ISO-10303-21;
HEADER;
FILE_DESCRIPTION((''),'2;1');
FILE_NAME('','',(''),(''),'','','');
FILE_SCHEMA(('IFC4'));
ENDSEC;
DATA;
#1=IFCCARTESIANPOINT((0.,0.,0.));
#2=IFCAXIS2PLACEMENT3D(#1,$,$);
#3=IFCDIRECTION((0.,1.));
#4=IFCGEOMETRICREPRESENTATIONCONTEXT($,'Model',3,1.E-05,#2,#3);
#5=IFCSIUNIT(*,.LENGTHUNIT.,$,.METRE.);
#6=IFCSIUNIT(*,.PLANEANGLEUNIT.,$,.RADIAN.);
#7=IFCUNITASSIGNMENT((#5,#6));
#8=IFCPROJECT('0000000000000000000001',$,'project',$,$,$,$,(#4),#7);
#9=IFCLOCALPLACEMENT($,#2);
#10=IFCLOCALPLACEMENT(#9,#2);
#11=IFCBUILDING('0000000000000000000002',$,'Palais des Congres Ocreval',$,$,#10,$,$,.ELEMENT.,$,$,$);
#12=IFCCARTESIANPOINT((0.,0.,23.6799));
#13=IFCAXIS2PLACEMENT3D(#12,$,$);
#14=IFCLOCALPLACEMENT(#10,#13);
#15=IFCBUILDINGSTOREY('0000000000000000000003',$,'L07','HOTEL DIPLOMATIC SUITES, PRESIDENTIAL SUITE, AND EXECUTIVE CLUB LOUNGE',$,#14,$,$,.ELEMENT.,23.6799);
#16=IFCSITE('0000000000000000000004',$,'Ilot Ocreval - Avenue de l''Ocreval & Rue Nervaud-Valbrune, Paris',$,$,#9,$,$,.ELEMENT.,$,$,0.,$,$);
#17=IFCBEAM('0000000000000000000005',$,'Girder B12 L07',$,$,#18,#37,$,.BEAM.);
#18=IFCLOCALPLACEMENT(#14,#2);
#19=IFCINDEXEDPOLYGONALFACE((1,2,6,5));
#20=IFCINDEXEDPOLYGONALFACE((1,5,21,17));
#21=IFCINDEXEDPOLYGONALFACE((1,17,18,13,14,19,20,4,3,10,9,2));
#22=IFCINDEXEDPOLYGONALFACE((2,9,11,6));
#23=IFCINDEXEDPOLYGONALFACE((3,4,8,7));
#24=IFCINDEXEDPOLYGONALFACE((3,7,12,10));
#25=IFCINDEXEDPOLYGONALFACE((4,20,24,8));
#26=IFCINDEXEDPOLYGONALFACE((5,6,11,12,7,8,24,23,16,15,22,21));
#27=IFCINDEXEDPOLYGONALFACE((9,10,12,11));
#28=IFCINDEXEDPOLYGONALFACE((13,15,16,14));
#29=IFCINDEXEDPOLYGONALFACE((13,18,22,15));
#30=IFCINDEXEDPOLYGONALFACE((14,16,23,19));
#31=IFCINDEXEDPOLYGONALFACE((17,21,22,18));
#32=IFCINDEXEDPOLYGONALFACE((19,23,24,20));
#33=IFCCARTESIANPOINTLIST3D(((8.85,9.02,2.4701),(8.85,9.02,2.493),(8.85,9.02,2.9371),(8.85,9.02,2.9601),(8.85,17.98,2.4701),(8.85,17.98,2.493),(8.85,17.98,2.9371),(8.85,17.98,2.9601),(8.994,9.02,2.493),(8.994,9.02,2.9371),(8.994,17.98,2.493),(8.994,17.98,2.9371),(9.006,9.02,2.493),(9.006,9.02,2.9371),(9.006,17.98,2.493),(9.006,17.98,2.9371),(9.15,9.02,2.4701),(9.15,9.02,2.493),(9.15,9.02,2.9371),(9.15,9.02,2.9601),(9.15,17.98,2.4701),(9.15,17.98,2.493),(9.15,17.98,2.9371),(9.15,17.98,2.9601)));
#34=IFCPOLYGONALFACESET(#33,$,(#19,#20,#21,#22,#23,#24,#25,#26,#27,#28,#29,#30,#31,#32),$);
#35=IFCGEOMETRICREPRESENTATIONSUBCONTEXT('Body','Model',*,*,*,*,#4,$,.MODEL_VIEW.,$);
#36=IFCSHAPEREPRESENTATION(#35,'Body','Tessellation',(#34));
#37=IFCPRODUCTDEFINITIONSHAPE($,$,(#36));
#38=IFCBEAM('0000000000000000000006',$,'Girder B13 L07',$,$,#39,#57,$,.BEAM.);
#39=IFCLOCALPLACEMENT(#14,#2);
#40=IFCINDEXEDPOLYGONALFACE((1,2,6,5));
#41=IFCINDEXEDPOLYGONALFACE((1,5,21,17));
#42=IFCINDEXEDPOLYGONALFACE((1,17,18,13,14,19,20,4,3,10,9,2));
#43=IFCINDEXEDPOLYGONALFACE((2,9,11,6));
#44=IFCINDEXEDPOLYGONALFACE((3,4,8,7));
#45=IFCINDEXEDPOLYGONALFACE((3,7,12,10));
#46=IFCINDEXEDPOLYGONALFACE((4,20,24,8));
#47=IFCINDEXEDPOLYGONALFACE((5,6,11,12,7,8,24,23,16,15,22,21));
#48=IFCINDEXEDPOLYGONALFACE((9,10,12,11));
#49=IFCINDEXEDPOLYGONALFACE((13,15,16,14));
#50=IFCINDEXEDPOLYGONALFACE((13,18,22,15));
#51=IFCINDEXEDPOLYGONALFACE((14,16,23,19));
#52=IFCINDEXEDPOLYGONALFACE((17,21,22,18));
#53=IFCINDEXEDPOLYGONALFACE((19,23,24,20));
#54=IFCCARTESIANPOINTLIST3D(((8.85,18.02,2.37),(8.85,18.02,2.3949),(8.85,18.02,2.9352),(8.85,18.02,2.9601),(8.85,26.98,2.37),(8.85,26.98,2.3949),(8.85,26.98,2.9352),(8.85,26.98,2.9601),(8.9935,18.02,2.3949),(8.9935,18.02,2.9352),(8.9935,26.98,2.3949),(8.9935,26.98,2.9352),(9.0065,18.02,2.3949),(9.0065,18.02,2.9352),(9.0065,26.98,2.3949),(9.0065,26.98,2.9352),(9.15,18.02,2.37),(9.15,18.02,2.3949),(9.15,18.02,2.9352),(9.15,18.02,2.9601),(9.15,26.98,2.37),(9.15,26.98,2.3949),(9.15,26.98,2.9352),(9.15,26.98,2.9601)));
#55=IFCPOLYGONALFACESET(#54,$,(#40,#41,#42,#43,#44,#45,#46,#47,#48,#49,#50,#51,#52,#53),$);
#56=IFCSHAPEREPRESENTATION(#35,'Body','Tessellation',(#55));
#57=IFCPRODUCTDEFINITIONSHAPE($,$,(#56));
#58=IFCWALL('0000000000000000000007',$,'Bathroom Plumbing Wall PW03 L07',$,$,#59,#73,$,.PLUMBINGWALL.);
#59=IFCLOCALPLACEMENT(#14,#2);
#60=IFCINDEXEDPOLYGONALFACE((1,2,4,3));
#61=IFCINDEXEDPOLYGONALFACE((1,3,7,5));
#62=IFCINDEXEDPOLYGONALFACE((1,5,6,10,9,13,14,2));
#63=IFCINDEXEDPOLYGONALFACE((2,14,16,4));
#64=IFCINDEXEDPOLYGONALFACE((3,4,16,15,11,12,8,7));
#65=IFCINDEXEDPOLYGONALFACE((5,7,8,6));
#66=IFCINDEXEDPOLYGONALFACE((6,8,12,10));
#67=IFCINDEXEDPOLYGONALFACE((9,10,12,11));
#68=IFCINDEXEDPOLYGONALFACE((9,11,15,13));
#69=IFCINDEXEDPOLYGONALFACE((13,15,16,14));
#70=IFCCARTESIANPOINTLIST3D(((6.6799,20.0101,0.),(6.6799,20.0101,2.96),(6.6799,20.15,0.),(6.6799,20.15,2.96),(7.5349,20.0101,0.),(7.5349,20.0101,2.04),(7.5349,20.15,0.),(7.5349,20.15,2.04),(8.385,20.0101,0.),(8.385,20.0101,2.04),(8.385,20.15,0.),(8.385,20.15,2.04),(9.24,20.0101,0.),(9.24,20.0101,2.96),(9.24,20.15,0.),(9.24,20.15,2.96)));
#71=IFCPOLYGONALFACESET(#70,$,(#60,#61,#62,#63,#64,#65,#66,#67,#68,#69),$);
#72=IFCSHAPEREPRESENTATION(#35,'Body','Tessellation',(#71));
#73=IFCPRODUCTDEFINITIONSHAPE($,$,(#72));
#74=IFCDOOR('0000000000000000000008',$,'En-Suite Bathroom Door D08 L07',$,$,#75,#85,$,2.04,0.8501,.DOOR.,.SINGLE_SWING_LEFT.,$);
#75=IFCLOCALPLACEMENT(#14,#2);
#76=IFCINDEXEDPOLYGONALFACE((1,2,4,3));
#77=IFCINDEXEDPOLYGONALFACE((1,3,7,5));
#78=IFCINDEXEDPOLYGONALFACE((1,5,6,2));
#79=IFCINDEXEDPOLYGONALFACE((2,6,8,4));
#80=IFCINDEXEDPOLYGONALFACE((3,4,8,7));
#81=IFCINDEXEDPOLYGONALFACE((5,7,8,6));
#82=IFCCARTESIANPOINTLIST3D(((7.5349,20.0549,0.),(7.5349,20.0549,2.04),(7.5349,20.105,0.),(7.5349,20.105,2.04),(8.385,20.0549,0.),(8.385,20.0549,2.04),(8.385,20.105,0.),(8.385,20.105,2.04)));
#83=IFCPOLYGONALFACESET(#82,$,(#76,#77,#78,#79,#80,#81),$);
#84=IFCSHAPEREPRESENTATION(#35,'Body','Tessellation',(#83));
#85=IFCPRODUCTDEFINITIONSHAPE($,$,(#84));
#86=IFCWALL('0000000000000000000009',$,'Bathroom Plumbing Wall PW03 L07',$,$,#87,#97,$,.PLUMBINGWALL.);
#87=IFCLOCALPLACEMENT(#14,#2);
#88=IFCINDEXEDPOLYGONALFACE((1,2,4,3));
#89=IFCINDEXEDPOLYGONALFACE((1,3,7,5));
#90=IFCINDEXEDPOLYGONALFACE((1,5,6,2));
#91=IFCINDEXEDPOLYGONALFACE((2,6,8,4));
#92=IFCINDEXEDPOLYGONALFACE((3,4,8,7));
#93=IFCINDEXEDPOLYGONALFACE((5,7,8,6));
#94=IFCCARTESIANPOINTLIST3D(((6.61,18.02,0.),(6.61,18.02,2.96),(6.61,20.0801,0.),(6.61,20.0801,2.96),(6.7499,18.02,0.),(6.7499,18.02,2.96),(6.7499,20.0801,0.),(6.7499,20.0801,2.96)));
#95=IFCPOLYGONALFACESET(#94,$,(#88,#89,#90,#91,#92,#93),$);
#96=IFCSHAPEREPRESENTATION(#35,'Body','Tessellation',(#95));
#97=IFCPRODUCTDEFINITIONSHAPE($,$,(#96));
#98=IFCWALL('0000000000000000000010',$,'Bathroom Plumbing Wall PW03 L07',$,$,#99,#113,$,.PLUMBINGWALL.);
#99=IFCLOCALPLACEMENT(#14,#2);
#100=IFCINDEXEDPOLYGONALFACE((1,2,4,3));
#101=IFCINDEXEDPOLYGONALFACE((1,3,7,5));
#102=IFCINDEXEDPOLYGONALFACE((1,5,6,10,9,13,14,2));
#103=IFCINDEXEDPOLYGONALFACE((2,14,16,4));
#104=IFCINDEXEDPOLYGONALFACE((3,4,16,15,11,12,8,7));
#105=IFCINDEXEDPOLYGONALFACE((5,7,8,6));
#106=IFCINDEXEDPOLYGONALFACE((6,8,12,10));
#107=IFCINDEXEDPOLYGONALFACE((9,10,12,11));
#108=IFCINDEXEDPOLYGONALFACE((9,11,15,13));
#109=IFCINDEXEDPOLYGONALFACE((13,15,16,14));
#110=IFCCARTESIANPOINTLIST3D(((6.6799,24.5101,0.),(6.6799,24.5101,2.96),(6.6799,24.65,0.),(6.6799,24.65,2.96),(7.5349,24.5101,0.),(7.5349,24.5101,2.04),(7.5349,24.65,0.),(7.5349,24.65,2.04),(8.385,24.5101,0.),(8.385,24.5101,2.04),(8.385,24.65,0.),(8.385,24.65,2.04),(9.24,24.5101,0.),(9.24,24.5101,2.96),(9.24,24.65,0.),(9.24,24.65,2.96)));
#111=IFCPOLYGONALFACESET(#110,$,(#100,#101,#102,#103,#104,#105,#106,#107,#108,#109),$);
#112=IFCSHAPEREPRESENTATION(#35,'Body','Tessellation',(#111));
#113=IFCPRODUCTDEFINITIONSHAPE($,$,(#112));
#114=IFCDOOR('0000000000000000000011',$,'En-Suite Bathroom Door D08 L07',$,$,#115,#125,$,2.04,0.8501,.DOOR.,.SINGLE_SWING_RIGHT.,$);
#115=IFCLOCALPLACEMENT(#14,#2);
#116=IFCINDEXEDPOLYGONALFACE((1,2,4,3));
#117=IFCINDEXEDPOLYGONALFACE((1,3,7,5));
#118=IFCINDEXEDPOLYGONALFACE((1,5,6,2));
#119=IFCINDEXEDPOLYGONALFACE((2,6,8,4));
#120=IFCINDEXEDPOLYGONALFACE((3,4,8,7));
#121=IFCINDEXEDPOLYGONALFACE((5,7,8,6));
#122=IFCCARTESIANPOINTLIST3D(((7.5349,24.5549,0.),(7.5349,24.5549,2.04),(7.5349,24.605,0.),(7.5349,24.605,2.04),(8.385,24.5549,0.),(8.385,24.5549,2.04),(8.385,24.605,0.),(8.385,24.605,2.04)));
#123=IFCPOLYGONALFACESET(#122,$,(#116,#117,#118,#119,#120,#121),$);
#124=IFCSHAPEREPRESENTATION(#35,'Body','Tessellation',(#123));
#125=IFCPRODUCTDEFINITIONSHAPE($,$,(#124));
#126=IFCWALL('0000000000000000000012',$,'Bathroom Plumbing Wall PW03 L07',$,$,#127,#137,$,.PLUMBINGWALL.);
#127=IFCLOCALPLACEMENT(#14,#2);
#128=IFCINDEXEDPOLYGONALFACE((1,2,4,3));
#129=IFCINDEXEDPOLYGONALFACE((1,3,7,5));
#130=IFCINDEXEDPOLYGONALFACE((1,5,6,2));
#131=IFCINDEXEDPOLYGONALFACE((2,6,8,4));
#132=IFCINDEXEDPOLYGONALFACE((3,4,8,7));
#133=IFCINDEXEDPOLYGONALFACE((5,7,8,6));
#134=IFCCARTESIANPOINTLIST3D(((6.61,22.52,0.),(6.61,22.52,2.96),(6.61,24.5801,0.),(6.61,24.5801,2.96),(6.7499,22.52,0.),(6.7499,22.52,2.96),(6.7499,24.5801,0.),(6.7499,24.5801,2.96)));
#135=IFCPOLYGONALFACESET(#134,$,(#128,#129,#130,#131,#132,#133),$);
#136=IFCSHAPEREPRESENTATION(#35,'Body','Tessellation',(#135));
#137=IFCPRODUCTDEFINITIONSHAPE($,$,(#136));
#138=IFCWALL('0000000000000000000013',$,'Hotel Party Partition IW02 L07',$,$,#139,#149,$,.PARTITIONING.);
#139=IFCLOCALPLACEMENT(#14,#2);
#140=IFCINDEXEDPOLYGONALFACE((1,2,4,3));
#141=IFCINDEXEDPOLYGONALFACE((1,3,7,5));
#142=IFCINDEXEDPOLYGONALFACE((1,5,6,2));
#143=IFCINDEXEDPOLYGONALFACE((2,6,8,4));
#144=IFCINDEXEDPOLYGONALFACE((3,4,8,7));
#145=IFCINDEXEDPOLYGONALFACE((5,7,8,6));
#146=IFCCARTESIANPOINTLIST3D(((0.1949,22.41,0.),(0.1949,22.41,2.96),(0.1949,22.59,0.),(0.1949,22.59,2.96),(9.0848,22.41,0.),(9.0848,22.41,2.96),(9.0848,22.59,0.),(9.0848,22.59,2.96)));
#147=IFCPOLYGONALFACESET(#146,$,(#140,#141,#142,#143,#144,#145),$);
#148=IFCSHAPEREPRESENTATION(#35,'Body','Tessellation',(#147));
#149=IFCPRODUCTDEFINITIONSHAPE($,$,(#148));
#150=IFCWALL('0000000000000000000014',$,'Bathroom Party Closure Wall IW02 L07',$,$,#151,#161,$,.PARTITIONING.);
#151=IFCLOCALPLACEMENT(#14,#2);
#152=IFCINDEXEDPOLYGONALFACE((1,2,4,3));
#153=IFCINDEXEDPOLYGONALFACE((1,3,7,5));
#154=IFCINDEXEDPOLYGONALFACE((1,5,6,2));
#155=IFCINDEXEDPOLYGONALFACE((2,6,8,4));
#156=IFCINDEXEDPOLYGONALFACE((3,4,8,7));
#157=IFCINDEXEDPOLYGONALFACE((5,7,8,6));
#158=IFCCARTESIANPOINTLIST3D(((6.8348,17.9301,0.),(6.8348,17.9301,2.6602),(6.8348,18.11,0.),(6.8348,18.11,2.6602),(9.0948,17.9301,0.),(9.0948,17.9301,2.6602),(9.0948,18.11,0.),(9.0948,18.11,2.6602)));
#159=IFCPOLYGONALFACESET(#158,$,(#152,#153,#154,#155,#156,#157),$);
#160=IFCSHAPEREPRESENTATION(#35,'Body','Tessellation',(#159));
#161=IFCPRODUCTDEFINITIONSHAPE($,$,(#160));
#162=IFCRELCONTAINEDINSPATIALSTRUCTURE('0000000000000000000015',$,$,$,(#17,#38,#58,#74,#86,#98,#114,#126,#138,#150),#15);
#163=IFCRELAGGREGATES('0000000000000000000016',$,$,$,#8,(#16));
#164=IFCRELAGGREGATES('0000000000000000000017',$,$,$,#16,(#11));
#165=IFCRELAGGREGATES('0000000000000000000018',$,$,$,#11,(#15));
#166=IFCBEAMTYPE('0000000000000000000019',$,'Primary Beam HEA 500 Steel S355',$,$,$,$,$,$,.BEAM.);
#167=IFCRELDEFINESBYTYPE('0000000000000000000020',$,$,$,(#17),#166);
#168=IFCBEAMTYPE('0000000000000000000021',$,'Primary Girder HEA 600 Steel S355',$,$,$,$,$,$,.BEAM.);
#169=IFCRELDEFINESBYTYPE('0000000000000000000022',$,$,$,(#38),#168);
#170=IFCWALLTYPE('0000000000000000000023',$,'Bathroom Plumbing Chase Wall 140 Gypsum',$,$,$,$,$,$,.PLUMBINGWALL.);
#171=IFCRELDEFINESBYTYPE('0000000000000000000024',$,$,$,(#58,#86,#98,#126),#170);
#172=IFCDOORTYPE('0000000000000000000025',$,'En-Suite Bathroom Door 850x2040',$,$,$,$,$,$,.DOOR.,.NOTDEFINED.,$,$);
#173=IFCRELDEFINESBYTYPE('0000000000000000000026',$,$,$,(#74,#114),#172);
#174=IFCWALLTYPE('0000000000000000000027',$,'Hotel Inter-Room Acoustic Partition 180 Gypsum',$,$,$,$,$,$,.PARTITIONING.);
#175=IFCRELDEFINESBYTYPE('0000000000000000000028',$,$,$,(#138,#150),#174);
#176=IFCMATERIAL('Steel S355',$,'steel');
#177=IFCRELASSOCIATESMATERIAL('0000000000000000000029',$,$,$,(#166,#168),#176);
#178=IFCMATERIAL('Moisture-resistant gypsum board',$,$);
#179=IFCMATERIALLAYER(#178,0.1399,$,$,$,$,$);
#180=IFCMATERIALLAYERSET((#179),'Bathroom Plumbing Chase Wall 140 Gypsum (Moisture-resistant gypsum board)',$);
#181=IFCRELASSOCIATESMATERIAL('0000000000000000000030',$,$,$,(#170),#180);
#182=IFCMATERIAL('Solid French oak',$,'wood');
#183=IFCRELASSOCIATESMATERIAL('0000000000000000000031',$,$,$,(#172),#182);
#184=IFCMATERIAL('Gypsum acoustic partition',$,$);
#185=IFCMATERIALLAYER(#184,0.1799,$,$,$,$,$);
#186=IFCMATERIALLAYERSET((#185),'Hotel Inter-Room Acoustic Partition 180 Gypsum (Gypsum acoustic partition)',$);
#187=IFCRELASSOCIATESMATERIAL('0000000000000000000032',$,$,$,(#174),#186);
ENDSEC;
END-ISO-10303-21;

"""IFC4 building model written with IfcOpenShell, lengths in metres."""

from ifc_helpers import new_model, si_unit, direction, frame, frame_2d, origin, origin_2d, place, context, subcontext, project, spatial, rectangle, i_section, extrude, material, layer, layer_set, material_profile, profile_set, type_object, element, fill, save


model = new_model("IFC4")

# Units and contexts
model_context = context("Model", 3, precision=1e-05, world=origin(), true_north=direction((0.0, 1.0)))
body_context = subcontext(model_context, "Body", "Model", "MODEL_VIEW")
ifc_project = project(units=[si_unit("LENGTHUNIT", "METRE"), si_unit("PLANEANGLEUNIT", "RADIAN")], contexts=[model_context])

# Site, building, storey
site_placement = place(None, origin())
site = spatial("IfcSite", under=ifc_project, at=site_placement, Name="Ilot Ocreval - Avenue de l'Ocreval & Rue Nervaud-Valbrune, Paris", CompositionType="ELEMENT", RefElevation=0.0)
building_placement = place(site_placement, origin())
building = spatial("IfcBuilding", under=site, at=building_placement, Name="Palais des Congres Ocreval", CompositionType="ELEMENT")
storey_placement = place(building_placement, frame((0.0, 0.0, 23.6799)))
storey = spatial("IfcBuildingStorey", under=building, at=storey_placement, Name="L07", Description="HOTEL DIPLOMATIC SUITES, PRESIDENTIAL SUITE, AND EXECUTIVE CLUB LOUNGE", CompositionType="ELEMENT", Elevation=23.6799)

# Shared definitions
ifc_material_1 = material(Name="Steel S355", Category="steel")

# Beams
ifc_material_profile_1 = material_profile(ifc_material_1, i_section(OverallWidth=0.3, OverallDepth=0.49, WebThickness=0.012, FlangeThickness=0.0229, at=origin_2d()), Name="HEA 500")
ifc_profile_set_1 = profile_set([ifc_material_profile_1], Name="Steel S355")
beam_type_1 = type_object("IfcBeamType", Name="Primary Beam HEA 500 Steel S355", PredefinedType="BEAM", material=ifc_profile_set_1)
beam_1_placement = place(storey_placement, frame((9.0, 9.02, 2.7151), z_axis=(0.0, 1.0, 0.0), x_axis=(-1.0, 0.0, 0.0)))
element("IfcBeam", 1, at=beam_1_placement, inside=storey, type_object=beam_type_1, Name="Girder B12 L07", PredefinedType="BEAM", context=body_context, shape_type="SweptSolid", body=[
    extrude(i_section(OverallWidth=0.3, OverallDepth=0.49, WebThickness=0.012, FlangeThickness=0.0229, at=origin_2d()), origin(), (0.0, 0.0, 1.0), 8.96),
])
ifc_material_profile_2 = material_profile(ifc_material_1, i_section(OverallWidth=0.3, OverallDepth=0.5901, WebThickness=0.0129, FlangeThickness=0.0249, at=origin_2d()), Name="HEA 600")
ifc_profile_set_2 = profile_set([ifc_material_profile_2], Name="Steel S355")
beam_type_2 = type_object("IfcBeamType", Name="Primary Girder HEA 600 Steel S355", PredefinedType="BEAM", material=ifc_profile_set_2)
beam_2_placement = place(storey_placement, frame((9.0, 18.02, 2.665), z_axis=(0.0, 1.0, 0.0), x_axis=(-1.0, 0.0, 0.0)))
element("IfcBeam", 2, at=beam_2_placement, inside=storey, type_object=beam_type_2, Name="Girder B13 L07", PredefinedType="BEAM", context=body_context, shape_type="SweptSolid", body=[
    extrude(i_section(OverallWidth=0.3, OverallDepth=0.5901, WebThickness=0.0129, FlangeThickness=0.0249, at=origin_2d()), origin(), (0.0, 0.0, 1.0), 8.96),
])

# Wall, opening, door
ifc_material_2 = material(Name="Moisture-resistant gypsum board")
ifc_layer_1 = layer(ifc_material_2, 0.1399)
ifc_layer_set_1 = layer_set([ifc_layer_1], Name="Bathroom Plumbing Chase Wall 140 Gypsum (Moisture-resistant gypsum board)")
wall_type_1 = type_object("IfcWallType", Name="Bathroom Plumbing Chase Wall 140 Gypsum", PredefinedType="PLUMBINGWALL", material=ifc_layer_set_1)
wall_1_placement = place(storey_placement, frame((6.6799, 20.0801, 0.0), z_axis=(0.0, 0.0, 1.0), x_axis=(1.0, 0.0, 0.0)))
wall_1 = element("IfcWall", 3, at=wall_1_placement, inside=storey, type_object=wall_type_1, Name="Bathroom Plumbing Wall PW03 L07", PredefinedType="PLUMBINGWALL", context=body_context, shape_type="SweptSolid", body=[
    extrude(rectangle(XDim=2.5601, YDim=0.1399, at=frame_2d((1.28, 0.0))), origin(), (0.0, 0.0, 1.0), 2.96),
])
opening_1_placement = place(wall_1_placement, frame((0.855, 0.0, 0.0)))
opening_1 = element("IfcOpeningElement", 4, at=opening_1_placement, cuts=wall_1, PredefinedType="OPENING", context=body_context, shape_type="SweptSolid", body=[
    extrude(rectangle(XDim=0.8501, YDim=2.04, at=frame_2d((0.425, 1.02))), frame((0.0, 0.0798, 0.0), z_axis=(0.0, -1.0, 0.0), x_axis=(1.0, 0.0, 0.0)), (0.0, 0.0, 1.0), 0.1599),
])
ifc_material_3 = material(Name="Solid French oak", Category="wood")
door_type = type_object("IfcDoorType", Name="En-Suite Bathroom Door 850x2040", OperationType="NOTDEFINED", PredefinedType="DOOR", material=ifc_material_3)
door_1_placement = place(opening_1_placement, origin())
door_1 = element("IfcDoor", 5, at=door_1_placement, inside=storey, type_object=door_type, Name="En-Suite Bathroom Door D08 L07", OperationType="SINGLE_SWING_LEFT", OverallHeight=2.04, OverallWidth=0.8501, PredefinedType="DOOR", context=body_context, shape_type="SweptSolid", body=[
    extrude(rectangle(XDim=0.8501, YDim=2.04, at=frame_2d((0.425, 1.02))), frame((0.0, 0.0249, 0.0), z_axis=(0.0, -1.0, 0.0), x_axis=(1.0, 0.0, 0.0)), (0.0, 0.0, 1.0), 0.05),
])
fill(opening_1, door_1)

# Wall
wall_2_placement = place(storey_placement, frame((6.6799, 18.02, 0.0), z_axis=(0.0, 0.0, 1.0), x_axis=(0.0, 1.0, 0.0)))
element("IfcWall", 6, at=wall_2_placement, inside=storey, type_object=wall_type_1, Name="Bathroom Plumbing Wall PW03 L07", PredefinedType="PLUMBINGWALL", context=body_context, shape_type="SweptSolid", body=[
    extrude(rectangle(XDim=2.0601, YDim=0.1399, at=frame_2d((1.03, 0.0))), origin(), (0.0, 0.0, 1.0), 2.96),
])

# Wall, opening, door
wall_3_placement = place(storey_placement, frame((6.6799, 24.5801, 0.0), z_axis=(0.0, 0.0, 1.0), x_axis=(1.0, 0.0, 0.0)))
wall_3 = element("IfcWall", 7, at=wall_3_placement, inside=storey, type_object=wall_type_1, Name="Bathroom Plumbing Wall PW03 L07", PredefinedType="PLUMBINGWALL", context=body_context, shape_type="SweptSolid", body=[
    extrude(rectangle(XDim=2.5601, YDim=0.1399, at=frame_2d((1.28, 0.0))), origin(), (0.0, 0.0, 1.0), 2.96),
])
opening_2_placement = place(wall_3_placement, frame((0.855, 0.0, 0.0)))
opening_2 = element("IfcOpeningElement", 8, at=opening_2_placement, cuts=wall_3, PredefinedType="OPENING", context=body_context, shape_type="SweptSolid", body=[
    extrude(rectangle(XDim=0.8501, YDim=2.04, at=frame_2d((0.425, 1.02))), frame((0.0, 0.0798, 0.0), z_axis=(0.0, -1.0, 0.0), x_axis=(1.0, 0.0, 0.0)), (0.0, 0.0, 1.0), 0.1599),
])
door_2_placement = place(opening_2_placement, origin())
door_2 = element("IfcDoor", 9, at=door_2_placement, inside=storey, type_object=door_type, Name="En-Suite Bathroom Door D08 L07", OperationType="SINGLE_SWING_RIGHT", OverallHeight=2.04, OverallWidth=0.8501, PredefinedType="DOOR", context=body_context, shape_type="SweptSolid", body=[
    extrude(rectangle(XDim=0.8501, YDim=2.04, at=frame_2d((0.425, 1.02))), frame((0.0, 0.0249, 0.0), z_axis=(0.0, -1.0, 0.0), x_axis=(1.0, 0.0, 0.0)), (0.0, 0.0, 1.0), 0.05),
])
fill(opening_2, door_2)

# Walls
wall_4_placement = place(storey_placement, frame((6.6799, 22.52, 0.0), z_axis=(0.0, 0.0, 1.0), x_axis=(0.0, 1.0, 0.0)))
element("IfcWall", 10, at=wall_4_placement, inside=storey, type_object=wall_type_1, Name="Bathroom Plumbing Wall PW03 L07", PredefinedType="PLUMBINGWALL", context=body_context, shape_type="SweptSolid", body=[
    extrude(rectangle(XDim=2.0601, YDim=0.1399, at=frame_2d((1.03, 0.0))), origin(), (0.0, 0.0, 1.0), 2.96),
])
ifc_material_4 = material(Name="Gypsum acoustic partition")
ifc_layer_2 = layer(ifc_material_4, 0.1799)
ifc_layer_set_2 = layer_set([ifc_layer_2], Name="Hotel Inter-Room Acoustic Partition 180 Gypsum (Gypsum acoustic partition)")
wall_type_2 = type_object("IfcWallType", Name="Hotel Inter-Room Acoustic Partition 180 Gypsum", PredefinedType="PARTITIONING", material=ifc_layer_set_2)
wall_5_placement = place(storey_placement, frame((0.1951, 22.5, 0.0), z_axis=(0.0, 0.0, 1.0), x_axis=(1.0, 0.0, 0.0)))
element("IfcWall", 11, at=wall_5_placement, inside=storey, type_object=wall_type_2, Name="Hotel Party Partition IW02 L07", PredefinedType="PARTITIONING", context=body_context, shape_type="SweptSolid", body=[
    extrude(rectangle(XDim=8.8899, YDim=0.1799, at=frame_2d((4.4448, 0.0))), origin(), (0.0, 0.0, 1.0), 2.96),
])
wall_6_placement = place(storey_placement, frame((6.835, 18.02, 0.0), z_axis=(0.0, 0.0, 1.0), x_axis=(1.0, 0.0, 0.0)))
element("IfcWall", 12, at=wall_6_placement, inside=storey, type_object=wall_type_2, Name="Bathroom Party Closure Wall IW02 L07", PredefinedType="PARTITIONING", context=body_context, shape_type="SweptSolid", body=[
    extrude(rectangle(XDim=2.26, YDim=0.1799, at=frame_2d((1.1299, 0.0))), origin(), (0.0, 0.0, 1.0), 2.6602),
])

save(model, "model.ifc")
